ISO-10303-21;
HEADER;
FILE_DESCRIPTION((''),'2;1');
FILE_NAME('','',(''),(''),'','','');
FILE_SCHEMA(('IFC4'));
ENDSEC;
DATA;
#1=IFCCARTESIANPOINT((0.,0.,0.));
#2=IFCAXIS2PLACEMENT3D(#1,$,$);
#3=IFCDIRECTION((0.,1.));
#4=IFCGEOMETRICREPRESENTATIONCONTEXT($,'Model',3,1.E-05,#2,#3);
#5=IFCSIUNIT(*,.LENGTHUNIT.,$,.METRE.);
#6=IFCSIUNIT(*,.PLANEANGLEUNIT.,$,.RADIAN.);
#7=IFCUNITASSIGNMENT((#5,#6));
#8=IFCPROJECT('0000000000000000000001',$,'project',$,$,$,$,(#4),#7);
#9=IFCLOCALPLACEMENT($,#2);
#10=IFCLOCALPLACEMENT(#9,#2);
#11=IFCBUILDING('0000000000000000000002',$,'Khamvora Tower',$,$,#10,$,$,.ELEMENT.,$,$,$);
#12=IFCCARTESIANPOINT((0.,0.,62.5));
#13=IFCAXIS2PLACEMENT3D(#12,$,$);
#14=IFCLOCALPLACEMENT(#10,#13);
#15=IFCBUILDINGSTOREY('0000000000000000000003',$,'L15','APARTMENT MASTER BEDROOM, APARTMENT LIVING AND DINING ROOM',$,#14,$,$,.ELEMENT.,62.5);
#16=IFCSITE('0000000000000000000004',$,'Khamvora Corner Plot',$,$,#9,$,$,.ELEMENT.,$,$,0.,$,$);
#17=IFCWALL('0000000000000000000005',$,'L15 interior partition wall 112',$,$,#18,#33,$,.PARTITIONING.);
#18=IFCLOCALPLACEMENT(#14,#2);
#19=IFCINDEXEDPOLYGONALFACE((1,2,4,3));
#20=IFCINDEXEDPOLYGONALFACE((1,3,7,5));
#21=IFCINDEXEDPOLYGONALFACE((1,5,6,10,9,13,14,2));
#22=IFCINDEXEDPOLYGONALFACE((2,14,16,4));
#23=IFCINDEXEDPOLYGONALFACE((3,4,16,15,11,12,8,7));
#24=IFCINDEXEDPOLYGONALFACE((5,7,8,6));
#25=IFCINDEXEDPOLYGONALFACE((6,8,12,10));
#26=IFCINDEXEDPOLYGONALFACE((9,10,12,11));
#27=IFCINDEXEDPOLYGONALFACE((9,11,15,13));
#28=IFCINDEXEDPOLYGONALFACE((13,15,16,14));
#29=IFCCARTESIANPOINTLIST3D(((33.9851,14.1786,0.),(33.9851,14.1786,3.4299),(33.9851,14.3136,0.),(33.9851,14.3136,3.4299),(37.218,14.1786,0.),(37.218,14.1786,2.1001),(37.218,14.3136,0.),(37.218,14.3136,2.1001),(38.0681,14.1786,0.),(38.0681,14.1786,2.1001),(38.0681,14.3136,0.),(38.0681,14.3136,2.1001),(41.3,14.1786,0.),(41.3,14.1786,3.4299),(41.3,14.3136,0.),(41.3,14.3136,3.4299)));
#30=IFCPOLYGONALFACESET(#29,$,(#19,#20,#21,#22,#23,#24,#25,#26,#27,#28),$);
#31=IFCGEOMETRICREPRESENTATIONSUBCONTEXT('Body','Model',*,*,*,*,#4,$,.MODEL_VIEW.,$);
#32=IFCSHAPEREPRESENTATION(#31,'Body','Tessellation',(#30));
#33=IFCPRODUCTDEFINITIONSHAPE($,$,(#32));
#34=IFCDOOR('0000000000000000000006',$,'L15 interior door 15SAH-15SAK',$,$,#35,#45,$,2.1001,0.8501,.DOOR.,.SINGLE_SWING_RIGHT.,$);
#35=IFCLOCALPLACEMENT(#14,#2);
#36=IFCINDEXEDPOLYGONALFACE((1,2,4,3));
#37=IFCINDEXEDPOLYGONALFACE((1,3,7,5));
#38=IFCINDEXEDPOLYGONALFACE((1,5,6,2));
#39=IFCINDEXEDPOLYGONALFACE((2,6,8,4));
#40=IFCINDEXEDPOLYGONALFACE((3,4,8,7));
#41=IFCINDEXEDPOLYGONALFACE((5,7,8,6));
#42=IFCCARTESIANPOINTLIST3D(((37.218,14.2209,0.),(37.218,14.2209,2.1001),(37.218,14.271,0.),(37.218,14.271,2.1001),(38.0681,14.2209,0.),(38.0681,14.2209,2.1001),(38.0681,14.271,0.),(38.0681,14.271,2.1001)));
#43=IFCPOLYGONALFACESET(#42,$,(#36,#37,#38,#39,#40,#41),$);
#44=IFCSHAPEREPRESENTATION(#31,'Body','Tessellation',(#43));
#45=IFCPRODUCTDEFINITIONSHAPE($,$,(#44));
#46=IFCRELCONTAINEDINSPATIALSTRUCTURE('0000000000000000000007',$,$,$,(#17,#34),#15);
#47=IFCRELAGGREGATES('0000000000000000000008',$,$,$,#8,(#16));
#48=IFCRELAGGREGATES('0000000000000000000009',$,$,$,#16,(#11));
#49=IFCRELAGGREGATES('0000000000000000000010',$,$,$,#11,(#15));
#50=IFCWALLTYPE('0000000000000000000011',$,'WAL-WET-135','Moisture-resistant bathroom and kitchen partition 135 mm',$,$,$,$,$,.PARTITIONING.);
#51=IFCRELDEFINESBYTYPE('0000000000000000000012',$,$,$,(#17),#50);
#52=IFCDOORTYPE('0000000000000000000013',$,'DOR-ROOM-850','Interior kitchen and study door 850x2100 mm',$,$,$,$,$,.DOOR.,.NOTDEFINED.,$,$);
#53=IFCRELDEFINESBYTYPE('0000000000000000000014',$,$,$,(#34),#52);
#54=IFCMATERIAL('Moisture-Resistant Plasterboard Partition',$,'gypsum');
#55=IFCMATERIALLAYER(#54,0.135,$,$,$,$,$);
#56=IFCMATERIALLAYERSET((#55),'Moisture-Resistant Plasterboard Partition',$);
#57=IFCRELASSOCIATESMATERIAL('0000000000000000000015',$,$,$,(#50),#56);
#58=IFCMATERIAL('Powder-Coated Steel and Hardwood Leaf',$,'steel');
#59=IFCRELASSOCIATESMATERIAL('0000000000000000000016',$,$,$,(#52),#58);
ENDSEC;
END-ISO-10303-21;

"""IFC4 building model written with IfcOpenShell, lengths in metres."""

from ifc_helpers import new_model, si_unit, direction, frame, frame_2d, origin, place, context, subcontext, project, spatial, rectangle, extrude, material, layer, layer_set, type_object, element, fill, save


model = new_model("IFC4")

# Units and contexts
model_context = context("Model", 3, precision=1e-05, world=origin(), true_north=direction((0.0, 1.0)))
body_context = subcontext(model_context, "Body", "Model", "MODEL_VIEW")
ifc_project = project(units=[si_unit("LENGTHUNIT", "METRE"), si_unit("PLANEANGLEUNIT", "RADIAN")], contexts=[model_context])

# Site, building, storey
site_placement = place(None, origin())
site = spatial("IfcSite", under=ifc_project, at=site_placement, Name="Khamvora Corner Plot", CompositionType="ELEMENT", RefElevation=0.0)
building_placement = place(site_placement, origin())
building = spatial("IfcBuilding", under=site, at=building_placement, Name="Khamvora Tower", CompositionType="ELEMENT")
storey_placement = place(building_placement, frame((0.0, 0.0, 62.5)))
storey = spatial("IfcBuildingStorey", under=building, at=storey_placement, Name="L15", Description="APARTMENT MASTER BEDROOM, APARTMENT LIVING AND DINING ROOM", CompositionType="ELEMENT", Elevation=62.5)

# Shared definitions
ifc_material_1 = material(Name="Powder-Coated Steel and Hardwood Leaf", Category="steel")

# Shared definitions
ifc_material_2 = material(Name="Moisture-Resistant Plasterboard Partition", Category="gypsum")
ifc_layer_1 = layer(ifc_material_2, 0.135)
ifc_layer_set_1 = layer_set([ifc_layer_1], Name="Moisture-Resistant Plasterboard Partition")
wall_type_1 = type_object("IfcWallType", Name="WAL-WET-135", Description="Moisture-resistant bathroom and kitchen partition 135 mm", PredefinedType="PARTITIONING", material=ifc_layer_set_1)

# Wall, opening, door
wall_1_placement = place(storey_placement, frame((33.9851, 14.2461, 0.0), z_axis=(0.0, 0.0, 1.0), x_axis=(1.0, 0.0, 0.0)))
wall_1 = element("IfcWall", 1, at=wall_1_placement, inside=storey, type_object=wall_type_1, Name="L15 interior partition wall 112", PredefinedType="PARTITIONING", context=body_context, shape_type="SweptSolid", body=[
    extrude(rectangle(XDim=7.3149, YDim=0.135, at=frame_2d((3.6575, 0.0))), origin(), (0.0, 0.0, 1.0), 3.4299),
])
opening_1_placement = place(wall_1_placement, frame((3.2329, 0.0, 0.0)))
opening_1 = element("IfcOpeningElement", 2, at=opening_1_placement, cuts=wall_1, PredefinedType="OPENING", context=body_context, shape_type="SweptSolid", body=[
    extrude(rectangle(XDim=0.8501, YDim=2.1001, at=frame_2d((0.425, 1.05))), frame((0.0, 0.0774, 0.0), z_axis=(0.0, -1.0, 0.0), x_axis=(1.0, 0.0, 0.0)), (0.0, 0.0, 1.0), 0.155),
])
door_type_1 = type_object("IfcDoorType", Name="DOR-ROOM-850", Description="Interior kitchen and study door 850x2100 mm", OperationType="NOTDEFINED", PredefinedType="DOOR", material=ifc_material_1)
door_1_placement = place(opening_1_placement, origin())
door_1 = element("IfcDoor", 3, at=door_1_placement, inside=storey, type_object=door_type_1, Name="L15 interior door 15SAH-15SAK", OperationType="SINGLE_SWING_RIGHT", OverallHeight=2.1001, OverallWidth=0.8501, PredefinedType="DOOR", context=body_context, shape_type="SweptSolid", body=[
    extrude(rectangle(XDim=0.8501, YDim=2.1001, at=frame_2d((0.425, 1.05))), frame((0.0, 0.0249, 0.0), z_axis=(0.0, -1.0, 0.0), x_axis=(1.0, 0.0, 0.0)), (0.0, 0.0, 1.0), 0.05),
])
fill(opening_1, door_1)

save(model, "model.ifc")
